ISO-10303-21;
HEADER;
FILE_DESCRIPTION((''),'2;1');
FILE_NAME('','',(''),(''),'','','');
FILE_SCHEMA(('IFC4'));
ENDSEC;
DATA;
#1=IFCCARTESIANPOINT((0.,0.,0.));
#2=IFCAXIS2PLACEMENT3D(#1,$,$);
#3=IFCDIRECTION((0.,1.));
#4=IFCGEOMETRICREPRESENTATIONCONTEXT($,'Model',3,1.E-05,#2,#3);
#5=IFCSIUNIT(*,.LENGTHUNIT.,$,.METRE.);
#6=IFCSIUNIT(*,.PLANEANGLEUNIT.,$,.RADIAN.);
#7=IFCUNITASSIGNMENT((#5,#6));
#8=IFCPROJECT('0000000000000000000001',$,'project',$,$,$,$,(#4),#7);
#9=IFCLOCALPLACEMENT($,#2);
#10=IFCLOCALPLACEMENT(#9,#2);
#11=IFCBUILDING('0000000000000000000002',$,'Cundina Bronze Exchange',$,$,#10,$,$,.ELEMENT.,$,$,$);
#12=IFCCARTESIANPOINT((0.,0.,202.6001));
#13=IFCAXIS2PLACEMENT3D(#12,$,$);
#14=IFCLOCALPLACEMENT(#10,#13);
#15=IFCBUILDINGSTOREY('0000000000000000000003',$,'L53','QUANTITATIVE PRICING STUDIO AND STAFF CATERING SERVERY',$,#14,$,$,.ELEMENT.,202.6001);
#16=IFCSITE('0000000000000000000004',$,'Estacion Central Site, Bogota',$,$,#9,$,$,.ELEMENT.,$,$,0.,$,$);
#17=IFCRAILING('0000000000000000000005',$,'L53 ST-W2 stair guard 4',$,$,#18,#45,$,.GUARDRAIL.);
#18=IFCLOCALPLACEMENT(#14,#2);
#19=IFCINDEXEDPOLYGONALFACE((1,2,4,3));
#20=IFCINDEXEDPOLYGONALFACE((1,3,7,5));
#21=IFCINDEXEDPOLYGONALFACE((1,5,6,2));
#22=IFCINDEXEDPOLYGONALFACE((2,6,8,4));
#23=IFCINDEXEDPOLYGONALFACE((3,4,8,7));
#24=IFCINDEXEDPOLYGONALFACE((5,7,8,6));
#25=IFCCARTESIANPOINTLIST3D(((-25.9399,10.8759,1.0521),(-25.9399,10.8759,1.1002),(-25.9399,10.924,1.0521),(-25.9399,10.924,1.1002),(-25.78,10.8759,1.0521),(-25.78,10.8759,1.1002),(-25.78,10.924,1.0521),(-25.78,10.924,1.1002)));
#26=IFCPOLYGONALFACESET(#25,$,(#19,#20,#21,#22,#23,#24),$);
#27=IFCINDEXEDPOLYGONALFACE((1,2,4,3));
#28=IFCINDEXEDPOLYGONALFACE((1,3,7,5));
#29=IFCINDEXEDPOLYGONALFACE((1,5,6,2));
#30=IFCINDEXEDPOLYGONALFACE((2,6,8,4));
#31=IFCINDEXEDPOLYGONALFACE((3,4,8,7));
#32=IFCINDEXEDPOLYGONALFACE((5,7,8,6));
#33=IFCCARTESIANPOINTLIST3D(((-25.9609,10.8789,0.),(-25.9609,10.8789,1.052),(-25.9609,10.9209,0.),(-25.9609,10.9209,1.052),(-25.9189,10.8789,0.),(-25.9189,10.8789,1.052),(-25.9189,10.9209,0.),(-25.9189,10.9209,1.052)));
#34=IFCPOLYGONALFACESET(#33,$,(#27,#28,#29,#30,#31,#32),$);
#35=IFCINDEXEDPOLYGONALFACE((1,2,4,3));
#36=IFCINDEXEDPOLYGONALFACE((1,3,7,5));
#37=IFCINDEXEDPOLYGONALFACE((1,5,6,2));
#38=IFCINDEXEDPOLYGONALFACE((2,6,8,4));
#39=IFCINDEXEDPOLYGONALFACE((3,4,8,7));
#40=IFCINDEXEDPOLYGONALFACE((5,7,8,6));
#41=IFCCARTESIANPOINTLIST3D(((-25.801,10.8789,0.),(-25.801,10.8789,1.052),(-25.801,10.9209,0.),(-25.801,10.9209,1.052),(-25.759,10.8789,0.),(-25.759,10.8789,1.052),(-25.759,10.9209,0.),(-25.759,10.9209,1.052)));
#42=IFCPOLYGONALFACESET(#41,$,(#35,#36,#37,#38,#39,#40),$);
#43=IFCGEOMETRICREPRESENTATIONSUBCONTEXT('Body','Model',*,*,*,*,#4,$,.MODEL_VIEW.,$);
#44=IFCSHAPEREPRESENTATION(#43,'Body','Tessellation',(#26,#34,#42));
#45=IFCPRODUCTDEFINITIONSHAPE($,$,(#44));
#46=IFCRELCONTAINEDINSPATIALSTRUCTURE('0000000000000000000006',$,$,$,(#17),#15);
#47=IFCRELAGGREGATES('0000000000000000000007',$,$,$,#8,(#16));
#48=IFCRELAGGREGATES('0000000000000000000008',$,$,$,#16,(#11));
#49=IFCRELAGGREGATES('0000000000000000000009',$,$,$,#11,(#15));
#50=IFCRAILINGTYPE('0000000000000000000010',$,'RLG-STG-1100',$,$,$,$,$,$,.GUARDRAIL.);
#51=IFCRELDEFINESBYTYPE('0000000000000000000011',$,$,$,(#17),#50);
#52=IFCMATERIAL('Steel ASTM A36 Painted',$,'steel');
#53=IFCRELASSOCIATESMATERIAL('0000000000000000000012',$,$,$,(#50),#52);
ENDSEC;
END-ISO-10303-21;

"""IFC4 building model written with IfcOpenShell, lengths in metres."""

from ifc_helpers import new_model, si_unit, direction, frame, origin, origin_2d, place, context, subcontext, project, spatial, rectangle, extrude, material, type_object, element, save


model = new_model("IFC4")

# Units and contexts
model_context = context("Model", 3, precision=1e-05, world=origin(), true_north=direction((0.0, 1.0)))
body_context = subcontext(model_context, "Body", "Model", "MODEL_VIEW")
ifc_project = project(units=[si_unit("LENGTHUNIT", "METRE"), si_unit("PLANEANGLEUNIT", "RADIAN")], contexts=[model_context])

# Site, building, storey
site_placement = place(None, origin())
site = spatial("IfcSite", under=ifc_project, at=site_placement, Name="Estacion Central Site, Bogota", CompositionType="ELEMENT", RefElevation=0.0)
building_placement = place(site_placement, origin())
building = spatial("IfcBuilding", under=site, at=building_placement, Name="Cundina Bronze Exchange", CompositionType="ELEMENT")
storey_placement = place(building_placement, frame((0.0, 0.0, 202.6001)))
storey = spatial("IfcBuildingStorey", under=building, at=storey_placement, Name="L53", Description="QUANTITATIVE PRICING STUDIO AND STAFF CATERING SERVERY", CompositionType="ELEMENT", Elevation=202.6001)

# Shared definitions
ifc_material_1 = material(Name="Steel ASTM A36 Painted", Category="steel")

# Railing
railing_type_1 = type_object("IfcRailingType", Name="RLG-STG-1100", PredefinedType="GUARDRAIL", material=ifc_material_1)
railing_1_placement = place(storey_placement, frame((-25.9399, 10.8999, 0.0)))
element("IfcRailing", 1, at=railing_1_placement, inside=storey, type_object=railing_type_1, Name="L53 ST-W2 stair guard 4", PredefinedType="GUARDRAIL", context=body_context, shape_type="SweptSolid", body=[
    extrude(rectangle(XDim=0.0481, YDim=0.0481, at=origin_2d()), frame((0.0, 0.0, 1.0762), z_axis=(1.0, 0.0, 0.0), x_axis=(0.0, 1.0, 0.0)), (0.0, 0.0, 1.0), 0.1599),
    extrude(rectangle(XDim=0.042, YDim=0.042, at=origin_2d()), origin(), (0.0, 0.0, 1.0), 1.052),
    extrude(rectangle(XDim=0.042, YDim=0.042, at=origin_2d()), frame((0.1599, 0.0, 0.0)), (0.0, 0.0, 1.0), 1.052),
])

save(model, "model.ifc")
